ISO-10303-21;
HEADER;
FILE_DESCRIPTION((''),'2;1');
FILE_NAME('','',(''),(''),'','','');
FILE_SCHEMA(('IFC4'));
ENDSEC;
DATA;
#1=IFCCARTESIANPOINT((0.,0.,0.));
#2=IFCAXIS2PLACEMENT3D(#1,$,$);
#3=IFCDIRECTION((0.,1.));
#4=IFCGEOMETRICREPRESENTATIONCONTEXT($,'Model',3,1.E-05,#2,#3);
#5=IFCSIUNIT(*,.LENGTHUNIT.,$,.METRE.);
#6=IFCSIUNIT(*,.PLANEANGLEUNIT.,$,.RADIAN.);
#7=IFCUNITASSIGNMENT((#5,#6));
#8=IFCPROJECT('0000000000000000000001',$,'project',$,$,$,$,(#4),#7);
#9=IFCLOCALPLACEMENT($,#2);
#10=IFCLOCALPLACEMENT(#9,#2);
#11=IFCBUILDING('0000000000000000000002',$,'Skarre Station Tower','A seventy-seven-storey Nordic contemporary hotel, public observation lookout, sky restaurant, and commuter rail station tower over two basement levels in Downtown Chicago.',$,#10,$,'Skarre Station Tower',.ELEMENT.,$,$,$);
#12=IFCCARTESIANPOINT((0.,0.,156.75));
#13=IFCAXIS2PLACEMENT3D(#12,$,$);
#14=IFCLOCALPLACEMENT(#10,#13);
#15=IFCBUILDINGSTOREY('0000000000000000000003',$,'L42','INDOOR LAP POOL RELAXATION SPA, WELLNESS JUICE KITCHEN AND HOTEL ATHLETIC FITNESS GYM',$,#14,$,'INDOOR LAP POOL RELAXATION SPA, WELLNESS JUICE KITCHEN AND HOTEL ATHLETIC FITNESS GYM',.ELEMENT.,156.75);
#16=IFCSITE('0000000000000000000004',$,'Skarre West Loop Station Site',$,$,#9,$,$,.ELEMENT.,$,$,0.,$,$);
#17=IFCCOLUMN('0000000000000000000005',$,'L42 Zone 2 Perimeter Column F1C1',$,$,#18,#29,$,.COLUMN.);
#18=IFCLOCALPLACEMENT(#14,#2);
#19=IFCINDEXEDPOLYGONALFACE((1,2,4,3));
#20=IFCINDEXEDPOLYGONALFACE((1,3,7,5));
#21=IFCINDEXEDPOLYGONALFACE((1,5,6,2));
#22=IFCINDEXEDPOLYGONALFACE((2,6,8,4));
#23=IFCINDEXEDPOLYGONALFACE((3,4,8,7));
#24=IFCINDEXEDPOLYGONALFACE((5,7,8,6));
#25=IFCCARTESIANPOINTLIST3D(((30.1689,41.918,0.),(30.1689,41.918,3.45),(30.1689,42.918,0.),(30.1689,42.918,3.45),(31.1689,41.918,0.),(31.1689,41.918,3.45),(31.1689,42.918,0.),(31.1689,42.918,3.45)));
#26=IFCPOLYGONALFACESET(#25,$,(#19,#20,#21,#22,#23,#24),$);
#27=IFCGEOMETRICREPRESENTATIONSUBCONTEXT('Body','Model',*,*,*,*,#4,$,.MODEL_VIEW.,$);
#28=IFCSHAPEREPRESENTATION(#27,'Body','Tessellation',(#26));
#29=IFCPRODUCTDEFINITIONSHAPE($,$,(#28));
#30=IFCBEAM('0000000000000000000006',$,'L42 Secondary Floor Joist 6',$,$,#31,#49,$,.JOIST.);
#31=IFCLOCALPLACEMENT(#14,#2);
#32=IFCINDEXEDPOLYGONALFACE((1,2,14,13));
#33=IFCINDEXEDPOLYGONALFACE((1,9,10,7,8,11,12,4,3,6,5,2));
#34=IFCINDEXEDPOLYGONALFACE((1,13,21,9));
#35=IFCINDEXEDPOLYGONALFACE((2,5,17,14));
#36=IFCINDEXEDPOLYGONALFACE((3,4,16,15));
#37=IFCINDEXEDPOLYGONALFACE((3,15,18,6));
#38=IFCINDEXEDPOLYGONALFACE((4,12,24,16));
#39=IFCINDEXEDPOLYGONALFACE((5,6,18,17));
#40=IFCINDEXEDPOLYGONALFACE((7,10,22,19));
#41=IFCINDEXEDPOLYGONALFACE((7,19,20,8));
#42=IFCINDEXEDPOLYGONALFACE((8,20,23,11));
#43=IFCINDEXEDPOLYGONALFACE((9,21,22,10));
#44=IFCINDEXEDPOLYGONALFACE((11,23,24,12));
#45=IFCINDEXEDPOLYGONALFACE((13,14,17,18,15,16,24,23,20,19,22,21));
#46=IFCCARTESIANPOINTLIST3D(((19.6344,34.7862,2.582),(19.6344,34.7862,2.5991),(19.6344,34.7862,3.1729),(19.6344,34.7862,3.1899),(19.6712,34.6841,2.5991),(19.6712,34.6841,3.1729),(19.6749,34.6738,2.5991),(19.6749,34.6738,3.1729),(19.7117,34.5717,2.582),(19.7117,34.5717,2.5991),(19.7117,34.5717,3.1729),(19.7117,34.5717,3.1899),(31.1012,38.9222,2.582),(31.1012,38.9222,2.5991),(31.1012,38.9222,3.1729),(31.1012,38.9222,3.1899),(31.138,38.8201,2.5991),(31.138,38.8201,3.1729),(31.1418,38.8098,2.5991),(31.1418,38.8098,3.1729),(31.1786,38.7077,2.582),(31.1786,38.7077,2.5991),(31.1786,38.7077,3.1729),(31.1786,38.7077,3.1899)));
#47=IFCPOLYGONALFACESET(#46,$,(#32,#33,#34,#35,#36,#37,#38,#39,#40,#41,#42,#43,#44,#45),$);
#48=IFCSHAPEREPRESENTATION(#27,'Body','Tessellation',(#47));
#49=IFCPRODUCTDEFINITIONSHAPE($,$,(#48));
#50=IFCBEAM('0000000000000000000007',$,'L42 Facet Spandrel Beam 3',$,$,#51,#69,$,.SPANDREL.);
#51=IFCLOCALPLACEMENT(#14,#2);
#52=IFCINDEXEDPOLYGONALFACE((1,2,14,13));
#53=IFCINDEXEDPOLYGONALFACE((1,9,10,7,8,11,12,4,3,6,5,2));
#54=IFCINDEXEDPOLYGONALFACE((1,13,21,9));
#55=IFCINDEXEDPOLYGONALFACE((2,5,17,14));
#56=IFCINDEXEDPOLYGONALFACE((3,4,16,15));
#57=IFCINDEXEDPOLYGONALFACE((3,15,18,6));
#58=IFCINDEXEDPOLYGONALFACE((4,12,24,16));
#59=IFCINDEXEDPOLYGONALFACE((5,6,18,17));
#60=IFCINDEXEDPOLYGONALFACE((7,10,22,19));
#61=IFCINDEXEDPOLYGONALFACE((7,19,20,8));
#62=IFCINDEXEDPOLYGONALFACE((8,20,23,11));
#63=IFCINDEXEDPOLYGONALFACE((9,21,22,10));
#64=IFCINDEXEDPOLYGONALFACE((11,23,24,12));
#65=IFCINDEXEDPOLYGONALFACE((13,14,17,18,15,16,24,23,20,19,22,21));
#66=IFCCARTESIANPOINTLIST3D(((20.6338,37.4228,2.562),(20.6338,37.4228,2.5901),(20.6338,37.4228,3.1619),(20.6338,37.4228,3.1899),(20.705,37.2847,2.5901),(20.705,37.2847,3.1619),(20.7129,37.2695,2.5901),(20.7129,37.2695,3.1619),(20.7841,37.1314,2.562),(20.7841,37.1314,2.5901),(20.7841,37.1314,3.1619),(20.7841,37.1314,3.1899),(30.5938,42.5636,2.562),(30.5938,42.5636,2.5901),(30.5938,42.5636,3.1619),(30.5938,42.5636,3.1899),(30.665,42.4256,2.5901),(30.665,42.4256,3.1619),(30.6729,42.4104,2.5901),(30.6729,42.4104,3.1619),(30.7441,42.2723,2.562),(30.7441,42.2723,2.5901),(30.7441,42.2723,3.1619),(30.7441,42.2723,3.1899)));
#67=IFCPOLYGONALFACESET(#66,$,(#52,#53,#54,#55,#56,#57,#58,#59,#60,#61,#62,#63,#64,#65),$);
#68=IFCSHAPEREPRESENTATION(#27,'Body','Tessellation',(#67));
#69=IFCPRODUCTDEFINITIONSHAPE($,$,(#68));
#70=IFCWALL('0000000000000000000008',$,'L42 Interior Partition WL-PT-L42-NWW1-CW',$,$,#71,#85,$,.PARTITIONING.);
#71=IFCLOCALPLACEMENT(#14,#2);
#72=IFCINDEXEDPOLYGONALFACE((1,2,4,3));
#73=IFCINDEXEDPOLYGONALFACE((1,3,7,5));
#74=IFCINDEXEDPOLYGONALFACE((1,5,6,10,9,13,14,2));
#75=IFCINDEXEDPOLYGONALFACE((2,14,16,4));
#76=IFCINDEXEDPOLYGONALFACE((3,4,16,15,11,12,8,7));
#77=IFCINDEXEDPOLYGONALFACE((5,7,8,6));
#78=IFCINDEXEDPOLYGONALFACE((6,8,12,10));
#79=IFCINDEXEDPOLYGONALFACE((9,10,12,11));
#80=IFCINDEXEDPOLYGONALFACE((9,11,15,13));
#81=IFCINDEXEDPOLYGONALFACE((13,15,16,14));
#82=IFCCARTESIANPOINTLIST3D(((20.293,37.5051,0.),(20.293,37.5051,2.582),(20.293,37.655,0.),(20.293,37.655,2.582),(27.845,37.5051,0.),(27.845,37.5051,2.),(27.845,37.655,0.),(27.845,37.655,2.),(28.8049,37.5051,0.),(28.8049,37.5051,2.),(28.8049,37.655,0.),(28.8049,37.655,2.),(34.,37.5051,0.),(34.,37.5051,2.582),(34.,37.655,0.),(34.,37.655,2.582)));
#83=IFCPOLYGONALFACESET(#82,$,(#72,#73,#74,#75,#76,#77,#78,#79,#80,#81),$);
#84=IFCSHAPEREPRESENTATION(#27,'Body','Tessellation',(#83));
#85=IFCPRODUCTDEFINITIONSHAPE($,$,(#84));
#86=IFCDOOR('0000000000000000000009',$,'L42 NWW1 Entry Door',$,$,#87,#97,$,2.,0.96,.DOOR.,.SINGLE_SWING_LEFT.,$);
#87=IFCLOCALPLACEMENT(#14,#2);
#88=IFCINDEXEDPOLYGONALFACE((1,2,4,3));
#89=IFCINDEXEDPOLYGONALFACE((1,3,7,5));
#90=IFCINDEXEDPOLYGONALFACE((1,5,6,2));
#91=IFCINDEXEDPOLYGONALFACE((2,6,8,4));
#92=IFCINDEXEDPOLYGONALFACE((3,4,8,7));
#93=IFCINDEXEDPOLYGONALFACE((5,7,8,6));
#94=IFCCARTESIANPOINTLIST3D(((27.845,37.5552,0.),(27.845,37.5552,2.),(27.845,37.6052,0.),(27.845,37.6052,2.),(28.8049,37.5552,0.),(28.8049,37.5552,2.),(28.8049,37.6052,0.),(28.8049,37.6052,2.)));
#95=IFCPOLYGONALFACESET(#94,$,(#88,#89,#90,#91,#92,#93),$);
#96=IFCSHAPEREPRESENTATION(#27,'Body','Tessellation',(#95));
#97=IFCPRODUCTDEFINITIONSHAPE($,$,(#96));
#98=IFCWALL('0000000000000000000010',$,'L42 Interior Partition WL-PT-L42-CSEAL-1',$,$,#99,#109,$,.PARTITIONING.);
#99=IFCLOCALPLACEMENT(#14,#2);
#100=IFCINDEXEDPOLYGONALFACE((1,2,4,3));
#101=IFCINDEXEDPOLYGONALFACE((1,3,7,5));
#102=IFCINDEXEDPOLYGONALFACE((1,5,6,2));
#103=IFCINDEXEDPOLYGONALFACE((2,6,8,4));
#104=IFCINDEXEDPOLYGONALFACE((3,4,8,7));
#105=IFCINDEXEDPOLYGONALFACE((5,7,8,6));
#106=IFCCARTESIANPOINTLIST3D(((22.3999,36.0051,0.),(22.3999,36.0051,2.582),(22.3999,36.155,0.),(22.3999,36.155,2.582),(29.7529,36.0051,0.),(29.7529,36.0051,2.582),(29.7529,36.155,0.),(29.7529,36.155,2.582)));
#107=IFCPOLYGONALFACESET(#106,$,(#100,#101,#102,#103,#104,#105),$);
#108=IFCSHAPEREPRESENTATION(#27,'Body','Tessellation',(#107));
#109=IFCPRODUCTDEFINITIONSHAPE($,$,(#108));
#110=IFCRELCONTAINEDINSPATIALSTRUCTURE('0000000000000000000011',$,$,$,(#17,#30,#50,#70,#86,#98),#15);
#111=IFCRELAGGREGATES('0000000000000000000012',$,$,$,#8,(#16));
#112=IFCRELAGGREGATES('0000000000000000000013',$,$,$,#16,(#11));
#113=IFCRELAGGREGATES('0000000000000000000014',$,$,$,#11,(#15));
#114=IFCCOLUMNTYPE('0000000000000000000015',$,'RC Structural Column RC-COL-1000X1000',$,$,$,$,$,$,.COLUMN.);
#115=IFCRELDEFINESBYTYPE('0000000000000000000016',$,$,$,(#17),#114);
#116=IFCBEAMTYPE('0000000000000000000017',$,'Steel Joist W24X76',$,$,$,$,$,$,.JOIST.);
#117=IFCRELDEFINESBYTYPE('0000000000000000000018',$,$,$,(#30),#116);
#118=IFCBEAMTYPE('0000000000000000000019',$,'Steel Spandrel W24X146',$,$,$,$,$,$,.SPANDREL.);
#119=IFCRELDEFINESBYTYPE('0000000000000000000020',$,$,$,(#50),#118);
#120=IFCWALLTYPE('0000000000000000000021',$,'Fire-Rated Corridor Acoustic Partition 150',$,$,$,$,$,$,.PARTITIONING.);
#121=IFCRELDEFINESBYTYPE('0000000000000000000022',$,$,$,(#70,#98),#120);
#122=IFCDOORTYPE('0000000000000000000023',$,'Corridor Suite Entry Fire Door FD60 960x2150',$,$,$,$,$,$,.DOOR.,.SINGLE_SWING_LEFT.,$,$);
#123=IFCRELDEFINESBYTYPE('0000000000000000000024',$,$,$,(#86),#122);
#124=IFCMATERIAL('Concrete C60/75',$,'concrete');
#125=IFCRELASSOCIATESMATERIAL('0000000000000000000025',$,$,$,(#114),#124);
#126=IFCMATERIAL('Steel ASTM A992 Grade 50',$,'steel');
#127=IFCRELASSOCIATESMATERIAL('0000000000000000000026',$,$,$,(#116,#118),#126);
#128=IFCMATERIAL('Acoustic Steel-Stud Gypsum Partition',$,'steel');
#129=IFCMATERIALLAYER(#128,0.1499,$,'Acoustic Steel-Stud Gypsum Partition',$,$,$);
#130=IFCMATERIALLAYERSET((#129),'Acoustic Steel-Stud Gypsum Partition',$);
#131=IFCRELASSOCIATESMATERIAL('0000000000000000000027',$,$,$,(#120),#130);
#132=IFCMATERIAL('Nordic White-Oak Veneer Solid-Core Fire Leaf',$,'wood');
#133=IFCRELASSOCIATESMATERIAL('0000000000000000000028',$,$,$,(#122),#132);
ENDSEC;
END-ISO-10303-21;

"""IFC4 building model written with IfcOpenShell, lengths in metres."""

from ifc_helpers import new_model, si_unit, direction, frame, frame_2d, origin, origin_2d, place, context, subcontext, project, spatial, rectangle, i_section, extrude, material, layer, layer_set, material_profile, profile_set, type_object, element, fill, save


model = new_model("IFC4")

# Units and contexts
model_context = context("Model", 3, precision=1e-05, world=origin(), true_north=direction((0.0, 1.0)))
body_context = subcontext(model_context, "Body", "Model", "MODEL_VIEW")
ifc_project = project(units=[si_unit("LENGTHUNIT", "METRE"), si_unit("PLANEANGLEUNIT", "RADIAN")], contexts=[model_context])

# Site, building, storey
site_placement = place(None, origin())
site = spatial("IfcSite", under=ifc_project, at=site_placement, Name="Skarre West Loop Station Site", CompositionType="ELEMENT", RefElevation=0.0)
building_placement = place(site_placement, origin())
building = spatial("IfcBuilding", under=site, at=building_placement, Name="Skarre Station Tower", Description="A seventy-seven-storey Nordic contemporary hotel, public observation lookout, sky restaurant, and commuter rail station tower over two basement levels in Downtown Chicago.", LongName="Skarre Station Tower", CompositionType="ELEMENT")
storey_placement = place(building_placement, frame((0.0, 0.0, 156.75)))
storey = spatial("IfcBuildingStorey", under=building, at=storey_placement, Name="L42", Description="INDOOR LAP POOL RELAXATION SPA, WELLNESS JUICE KITCHEN AND HOTEL ATHLETIC FITNESS GYM", LongName="INDOOR LAP POOL RELAXATION SPA, WELLNESS JUICE KITCHEN AND HOTEL ATHLETIC FITNESS GYM", CompositionType="ELEMENT", Elevation=156.75)

# Column
ifc_material_1 = material(Name="Concrete C60/75", Category="concrete")
ifc_material_profile_1 = material_profile(ifc_material_1, rectangle(XDim=1.0, YDim=1.0, at=origin_2d()), Name="Concrete C60/75")
ifc_profile_set_1 = profile_set([ifc_material_profile_1], Name="Concrete C60/75")
column_type = type_object("IfcColumnType", Name="RC Structural Column RC-COL-1000X1000", PredefinedType="COLUMN", material=ifc_profile_set_1)
column_placement = place(storey_placement, frame((30.6689, 42.418, 0.0), z_axis=(0.0, 0.0, 1.0), x_axis=(1.0, 0.0, 0.0)))
element("IfcColumn", 1, at=column_placement, inside=storey, type_object=column_type, Name="L42 Zone 2 Perimeter Column F1C1", PredefinedType="COLUMN", context=body_context, shape_type="SweptSolid", body=[
    extrude(rectangle(XDim=1.0, YDim=1.0, at=origin_2d()), origin(), (0.0, 0.0, 1.0), 3.45),
])

# Beams
ifc_material_2 = material(Name="Steel ASTM A992 Grade 50", Category="steel")
ifc_material_profile_2 = material_profile(ifc_material_2, i_section(OverallWidth=0.228, OverallDepth=0.6079, WebThickness=0.011, FlangeThickness=0.0171, at=origin_2d()), Name="Steel ASTM A992 Grade 50")
ifc_profile_set_2 = profile_set([ifc_material_profile_2], Name="Steel ASTM A992 Grade 50")
beam_type_1 = type_object("IfcBeamType", Name="Steel Joist W24X76", PredefinedType="JOIST", material=ifc_profile_set_2)
beam_1_placement = place(storey_placement, frame((31.1399, 38.8149, 2.886), z_axis=(-0.94068, -0.339296, 0.0), x_axis=(0.339296, -0.94068, 0.0)))
element("IfcBeam", 2, at=beam_1_placement, inside=storey, type_object=beam_type_1, Name="L42 Secondary Floor Joist 6", PredefinedType="JOIST", context=body_context, shape_type="SweptSolid", body=[
    extrude(i_section(OverallWidth=0.228, OverallDepth=0.6079, WebThickness=0.011, FlangeThickness=0.0171, at=origin_2d()), origin(), (0.0, 0.0, 1.0), 12.1899),
])
ifc_material_profile_3 = material_profile(ifc_material_2, i_section(OverallWidth=0.3279, OverallDepth=0.6279, WebThickness=0.0171, FlangeThickness=0.0281, at=origin_2d()), Name="Steel ASTM A992 Grade 50")
ifc_profile_set_3 = profile_set([ifc_material_profile_3], Name="Steel ASTM A992 Grade 50")
beam_type_2 = type_object("IfcBeamType", Name="Steel Spandrel W24X146", PredefinedType="SPANDREL", material=ifc_profile_set_3)
beam_2_placement = place(storey_placement, frame((30.6689, 42.418, 2.876), z_axis=(-0.888612, -0.45866, 0.0), x_axis=(0.45866, -0.888612, 0.0)))
element("IfcBeam", 3, at=beam_2_placement, inside=storey, type_object=beam_type_2, Name="L42 Facet Spandrel Beam 3", PredefinedType="SPANDREL", context=body_context, shape_type="SweptSolid", body=[
    extrude(i_section(OverallWidth=0.3279, OverallDepth=0.6279, WebThickness=0.0171, FlangeThickness=0.0281, at=origin_2d()), origin(), (0.0, 0.0, 1.0), 11.2085),
])

# Wall, opening, door
ifc_material_3 = material(Name="Acoustic Steel-Stud Gypsum Partition", Category="steel")
ifc_layer_1 = layer(ifc_material_3, 0.1499, Name="Acoustic Steel-Stud Gypsum Partition")
ifc_layer_set_1 = layer_set([ifc_layer_1], Name="Acoustic Steel-Stud Gypsum Partition")
wall_type_1 = type_object("IfcWallType", Name="Fire-Rated Corridor Acoustic Partition 150", PredefinedType="PARTITIONING", material=ifc_layer_set_1)
wall_1_placement = place(storey_placement, frame((34.0, 37.5801, 0.0), z_axis=(0.0, 0.0, 1.0), x_axis=(-1.0, 0.0, 0.0)))
wall_1 = element("IfcWall", 4, at=wall_1_placement, inside=storey, type_object=wall_type_1, Name="L42 Interior Partition WL-PT-L42-NWW1-CW", PredefinedType="PARTITIONING", context=body_context, shape_type="SweptSolid", body=[
    extrude(rectangle(XDim=13.707, YDim=0.1499, at=frame_2d((6.8535, 0.0))), origin(), (0.0, 0.0, 1.0), 2.582),
])
opening_1_placement = place(wall_1_placement, frame((5.1951, 0.0, 0.0)))
opening_1 = element("IfcOpeningElement", 5, at=opening_1_placement, cuts=wall_1, PredefinedType="OPENING", context=body_context, shape_type="SweptSolid", body=[
    extrude(rectangle(XDim=0.96, YDim=2.0, at=frame_2d((0.48, 1.0))), frame((0.0, 0.085, 0.0), z_axis=(0.0, -1.0, 0.0), x_axis=(1.0, 0.0, 0.0)), (0.0, 0.0, 1.0), 0.1699),
])
ifc_material_4 = material(Name="Nordic White-Oak Veneer Solid-Core Fire Leaf", Category="wood")
door_type = type_object("IfcDoorType", Name="Corridor Suite Entry Fire Door FD60 960x2150", OperationType="SINGLE_SWING_LEFT", PredefinedType="DOOR", material=ifc_material_4)
door_placement = place(opening_1_placement, origin())
door = element("IfcDoor", 6, at=door_placement, inside=storey, type_object=door_type, Name="L42 NWW1 Entry Door", OperationType="SINGLE_SWING_LEFT", OverallHeight=2.0, OverallWidth=0.96, PredefinedType="DOOR", context=body_context, shape_type="SweptSolid", body=[
    extrude(rectangle(XDim=0.96, YDim=2.0, at=frame_2d((0.48, 1.0))), frame((0.0, 0.0249, 0.0), z_axis=(0.0, -1.0, 0.0), x_axis=(1.0, 0.0, 0.0)), (0.0, 0.0, 1.0), 0.05),
])
fill(opening_1, door)

# Wall
wall_2_placement = place(storey_placement, frame((29.7529, 36.0801, 0.0), z_axis=(0.0, 0.0, 1.0), x_axis=(-1.0, 0.0, 0.0)))
element("IfcWall", 7, at=wall_2_placement, inside=storey, type_object=wall_type_1, Name="L42 Interior Partition WL-PT-L42-CSEAL-1", PredefinedType="PARTITIONING", context=body_context, shape_type="SweptSolid", body=[
    extrude(rectangle(XDim=7.353, YDim=0.1499, at=frame_2d((3.6765, 0.0))), origin(), (0.0, 0.0, 1.0), 2.582),
])

save(model, "model.ifc")
